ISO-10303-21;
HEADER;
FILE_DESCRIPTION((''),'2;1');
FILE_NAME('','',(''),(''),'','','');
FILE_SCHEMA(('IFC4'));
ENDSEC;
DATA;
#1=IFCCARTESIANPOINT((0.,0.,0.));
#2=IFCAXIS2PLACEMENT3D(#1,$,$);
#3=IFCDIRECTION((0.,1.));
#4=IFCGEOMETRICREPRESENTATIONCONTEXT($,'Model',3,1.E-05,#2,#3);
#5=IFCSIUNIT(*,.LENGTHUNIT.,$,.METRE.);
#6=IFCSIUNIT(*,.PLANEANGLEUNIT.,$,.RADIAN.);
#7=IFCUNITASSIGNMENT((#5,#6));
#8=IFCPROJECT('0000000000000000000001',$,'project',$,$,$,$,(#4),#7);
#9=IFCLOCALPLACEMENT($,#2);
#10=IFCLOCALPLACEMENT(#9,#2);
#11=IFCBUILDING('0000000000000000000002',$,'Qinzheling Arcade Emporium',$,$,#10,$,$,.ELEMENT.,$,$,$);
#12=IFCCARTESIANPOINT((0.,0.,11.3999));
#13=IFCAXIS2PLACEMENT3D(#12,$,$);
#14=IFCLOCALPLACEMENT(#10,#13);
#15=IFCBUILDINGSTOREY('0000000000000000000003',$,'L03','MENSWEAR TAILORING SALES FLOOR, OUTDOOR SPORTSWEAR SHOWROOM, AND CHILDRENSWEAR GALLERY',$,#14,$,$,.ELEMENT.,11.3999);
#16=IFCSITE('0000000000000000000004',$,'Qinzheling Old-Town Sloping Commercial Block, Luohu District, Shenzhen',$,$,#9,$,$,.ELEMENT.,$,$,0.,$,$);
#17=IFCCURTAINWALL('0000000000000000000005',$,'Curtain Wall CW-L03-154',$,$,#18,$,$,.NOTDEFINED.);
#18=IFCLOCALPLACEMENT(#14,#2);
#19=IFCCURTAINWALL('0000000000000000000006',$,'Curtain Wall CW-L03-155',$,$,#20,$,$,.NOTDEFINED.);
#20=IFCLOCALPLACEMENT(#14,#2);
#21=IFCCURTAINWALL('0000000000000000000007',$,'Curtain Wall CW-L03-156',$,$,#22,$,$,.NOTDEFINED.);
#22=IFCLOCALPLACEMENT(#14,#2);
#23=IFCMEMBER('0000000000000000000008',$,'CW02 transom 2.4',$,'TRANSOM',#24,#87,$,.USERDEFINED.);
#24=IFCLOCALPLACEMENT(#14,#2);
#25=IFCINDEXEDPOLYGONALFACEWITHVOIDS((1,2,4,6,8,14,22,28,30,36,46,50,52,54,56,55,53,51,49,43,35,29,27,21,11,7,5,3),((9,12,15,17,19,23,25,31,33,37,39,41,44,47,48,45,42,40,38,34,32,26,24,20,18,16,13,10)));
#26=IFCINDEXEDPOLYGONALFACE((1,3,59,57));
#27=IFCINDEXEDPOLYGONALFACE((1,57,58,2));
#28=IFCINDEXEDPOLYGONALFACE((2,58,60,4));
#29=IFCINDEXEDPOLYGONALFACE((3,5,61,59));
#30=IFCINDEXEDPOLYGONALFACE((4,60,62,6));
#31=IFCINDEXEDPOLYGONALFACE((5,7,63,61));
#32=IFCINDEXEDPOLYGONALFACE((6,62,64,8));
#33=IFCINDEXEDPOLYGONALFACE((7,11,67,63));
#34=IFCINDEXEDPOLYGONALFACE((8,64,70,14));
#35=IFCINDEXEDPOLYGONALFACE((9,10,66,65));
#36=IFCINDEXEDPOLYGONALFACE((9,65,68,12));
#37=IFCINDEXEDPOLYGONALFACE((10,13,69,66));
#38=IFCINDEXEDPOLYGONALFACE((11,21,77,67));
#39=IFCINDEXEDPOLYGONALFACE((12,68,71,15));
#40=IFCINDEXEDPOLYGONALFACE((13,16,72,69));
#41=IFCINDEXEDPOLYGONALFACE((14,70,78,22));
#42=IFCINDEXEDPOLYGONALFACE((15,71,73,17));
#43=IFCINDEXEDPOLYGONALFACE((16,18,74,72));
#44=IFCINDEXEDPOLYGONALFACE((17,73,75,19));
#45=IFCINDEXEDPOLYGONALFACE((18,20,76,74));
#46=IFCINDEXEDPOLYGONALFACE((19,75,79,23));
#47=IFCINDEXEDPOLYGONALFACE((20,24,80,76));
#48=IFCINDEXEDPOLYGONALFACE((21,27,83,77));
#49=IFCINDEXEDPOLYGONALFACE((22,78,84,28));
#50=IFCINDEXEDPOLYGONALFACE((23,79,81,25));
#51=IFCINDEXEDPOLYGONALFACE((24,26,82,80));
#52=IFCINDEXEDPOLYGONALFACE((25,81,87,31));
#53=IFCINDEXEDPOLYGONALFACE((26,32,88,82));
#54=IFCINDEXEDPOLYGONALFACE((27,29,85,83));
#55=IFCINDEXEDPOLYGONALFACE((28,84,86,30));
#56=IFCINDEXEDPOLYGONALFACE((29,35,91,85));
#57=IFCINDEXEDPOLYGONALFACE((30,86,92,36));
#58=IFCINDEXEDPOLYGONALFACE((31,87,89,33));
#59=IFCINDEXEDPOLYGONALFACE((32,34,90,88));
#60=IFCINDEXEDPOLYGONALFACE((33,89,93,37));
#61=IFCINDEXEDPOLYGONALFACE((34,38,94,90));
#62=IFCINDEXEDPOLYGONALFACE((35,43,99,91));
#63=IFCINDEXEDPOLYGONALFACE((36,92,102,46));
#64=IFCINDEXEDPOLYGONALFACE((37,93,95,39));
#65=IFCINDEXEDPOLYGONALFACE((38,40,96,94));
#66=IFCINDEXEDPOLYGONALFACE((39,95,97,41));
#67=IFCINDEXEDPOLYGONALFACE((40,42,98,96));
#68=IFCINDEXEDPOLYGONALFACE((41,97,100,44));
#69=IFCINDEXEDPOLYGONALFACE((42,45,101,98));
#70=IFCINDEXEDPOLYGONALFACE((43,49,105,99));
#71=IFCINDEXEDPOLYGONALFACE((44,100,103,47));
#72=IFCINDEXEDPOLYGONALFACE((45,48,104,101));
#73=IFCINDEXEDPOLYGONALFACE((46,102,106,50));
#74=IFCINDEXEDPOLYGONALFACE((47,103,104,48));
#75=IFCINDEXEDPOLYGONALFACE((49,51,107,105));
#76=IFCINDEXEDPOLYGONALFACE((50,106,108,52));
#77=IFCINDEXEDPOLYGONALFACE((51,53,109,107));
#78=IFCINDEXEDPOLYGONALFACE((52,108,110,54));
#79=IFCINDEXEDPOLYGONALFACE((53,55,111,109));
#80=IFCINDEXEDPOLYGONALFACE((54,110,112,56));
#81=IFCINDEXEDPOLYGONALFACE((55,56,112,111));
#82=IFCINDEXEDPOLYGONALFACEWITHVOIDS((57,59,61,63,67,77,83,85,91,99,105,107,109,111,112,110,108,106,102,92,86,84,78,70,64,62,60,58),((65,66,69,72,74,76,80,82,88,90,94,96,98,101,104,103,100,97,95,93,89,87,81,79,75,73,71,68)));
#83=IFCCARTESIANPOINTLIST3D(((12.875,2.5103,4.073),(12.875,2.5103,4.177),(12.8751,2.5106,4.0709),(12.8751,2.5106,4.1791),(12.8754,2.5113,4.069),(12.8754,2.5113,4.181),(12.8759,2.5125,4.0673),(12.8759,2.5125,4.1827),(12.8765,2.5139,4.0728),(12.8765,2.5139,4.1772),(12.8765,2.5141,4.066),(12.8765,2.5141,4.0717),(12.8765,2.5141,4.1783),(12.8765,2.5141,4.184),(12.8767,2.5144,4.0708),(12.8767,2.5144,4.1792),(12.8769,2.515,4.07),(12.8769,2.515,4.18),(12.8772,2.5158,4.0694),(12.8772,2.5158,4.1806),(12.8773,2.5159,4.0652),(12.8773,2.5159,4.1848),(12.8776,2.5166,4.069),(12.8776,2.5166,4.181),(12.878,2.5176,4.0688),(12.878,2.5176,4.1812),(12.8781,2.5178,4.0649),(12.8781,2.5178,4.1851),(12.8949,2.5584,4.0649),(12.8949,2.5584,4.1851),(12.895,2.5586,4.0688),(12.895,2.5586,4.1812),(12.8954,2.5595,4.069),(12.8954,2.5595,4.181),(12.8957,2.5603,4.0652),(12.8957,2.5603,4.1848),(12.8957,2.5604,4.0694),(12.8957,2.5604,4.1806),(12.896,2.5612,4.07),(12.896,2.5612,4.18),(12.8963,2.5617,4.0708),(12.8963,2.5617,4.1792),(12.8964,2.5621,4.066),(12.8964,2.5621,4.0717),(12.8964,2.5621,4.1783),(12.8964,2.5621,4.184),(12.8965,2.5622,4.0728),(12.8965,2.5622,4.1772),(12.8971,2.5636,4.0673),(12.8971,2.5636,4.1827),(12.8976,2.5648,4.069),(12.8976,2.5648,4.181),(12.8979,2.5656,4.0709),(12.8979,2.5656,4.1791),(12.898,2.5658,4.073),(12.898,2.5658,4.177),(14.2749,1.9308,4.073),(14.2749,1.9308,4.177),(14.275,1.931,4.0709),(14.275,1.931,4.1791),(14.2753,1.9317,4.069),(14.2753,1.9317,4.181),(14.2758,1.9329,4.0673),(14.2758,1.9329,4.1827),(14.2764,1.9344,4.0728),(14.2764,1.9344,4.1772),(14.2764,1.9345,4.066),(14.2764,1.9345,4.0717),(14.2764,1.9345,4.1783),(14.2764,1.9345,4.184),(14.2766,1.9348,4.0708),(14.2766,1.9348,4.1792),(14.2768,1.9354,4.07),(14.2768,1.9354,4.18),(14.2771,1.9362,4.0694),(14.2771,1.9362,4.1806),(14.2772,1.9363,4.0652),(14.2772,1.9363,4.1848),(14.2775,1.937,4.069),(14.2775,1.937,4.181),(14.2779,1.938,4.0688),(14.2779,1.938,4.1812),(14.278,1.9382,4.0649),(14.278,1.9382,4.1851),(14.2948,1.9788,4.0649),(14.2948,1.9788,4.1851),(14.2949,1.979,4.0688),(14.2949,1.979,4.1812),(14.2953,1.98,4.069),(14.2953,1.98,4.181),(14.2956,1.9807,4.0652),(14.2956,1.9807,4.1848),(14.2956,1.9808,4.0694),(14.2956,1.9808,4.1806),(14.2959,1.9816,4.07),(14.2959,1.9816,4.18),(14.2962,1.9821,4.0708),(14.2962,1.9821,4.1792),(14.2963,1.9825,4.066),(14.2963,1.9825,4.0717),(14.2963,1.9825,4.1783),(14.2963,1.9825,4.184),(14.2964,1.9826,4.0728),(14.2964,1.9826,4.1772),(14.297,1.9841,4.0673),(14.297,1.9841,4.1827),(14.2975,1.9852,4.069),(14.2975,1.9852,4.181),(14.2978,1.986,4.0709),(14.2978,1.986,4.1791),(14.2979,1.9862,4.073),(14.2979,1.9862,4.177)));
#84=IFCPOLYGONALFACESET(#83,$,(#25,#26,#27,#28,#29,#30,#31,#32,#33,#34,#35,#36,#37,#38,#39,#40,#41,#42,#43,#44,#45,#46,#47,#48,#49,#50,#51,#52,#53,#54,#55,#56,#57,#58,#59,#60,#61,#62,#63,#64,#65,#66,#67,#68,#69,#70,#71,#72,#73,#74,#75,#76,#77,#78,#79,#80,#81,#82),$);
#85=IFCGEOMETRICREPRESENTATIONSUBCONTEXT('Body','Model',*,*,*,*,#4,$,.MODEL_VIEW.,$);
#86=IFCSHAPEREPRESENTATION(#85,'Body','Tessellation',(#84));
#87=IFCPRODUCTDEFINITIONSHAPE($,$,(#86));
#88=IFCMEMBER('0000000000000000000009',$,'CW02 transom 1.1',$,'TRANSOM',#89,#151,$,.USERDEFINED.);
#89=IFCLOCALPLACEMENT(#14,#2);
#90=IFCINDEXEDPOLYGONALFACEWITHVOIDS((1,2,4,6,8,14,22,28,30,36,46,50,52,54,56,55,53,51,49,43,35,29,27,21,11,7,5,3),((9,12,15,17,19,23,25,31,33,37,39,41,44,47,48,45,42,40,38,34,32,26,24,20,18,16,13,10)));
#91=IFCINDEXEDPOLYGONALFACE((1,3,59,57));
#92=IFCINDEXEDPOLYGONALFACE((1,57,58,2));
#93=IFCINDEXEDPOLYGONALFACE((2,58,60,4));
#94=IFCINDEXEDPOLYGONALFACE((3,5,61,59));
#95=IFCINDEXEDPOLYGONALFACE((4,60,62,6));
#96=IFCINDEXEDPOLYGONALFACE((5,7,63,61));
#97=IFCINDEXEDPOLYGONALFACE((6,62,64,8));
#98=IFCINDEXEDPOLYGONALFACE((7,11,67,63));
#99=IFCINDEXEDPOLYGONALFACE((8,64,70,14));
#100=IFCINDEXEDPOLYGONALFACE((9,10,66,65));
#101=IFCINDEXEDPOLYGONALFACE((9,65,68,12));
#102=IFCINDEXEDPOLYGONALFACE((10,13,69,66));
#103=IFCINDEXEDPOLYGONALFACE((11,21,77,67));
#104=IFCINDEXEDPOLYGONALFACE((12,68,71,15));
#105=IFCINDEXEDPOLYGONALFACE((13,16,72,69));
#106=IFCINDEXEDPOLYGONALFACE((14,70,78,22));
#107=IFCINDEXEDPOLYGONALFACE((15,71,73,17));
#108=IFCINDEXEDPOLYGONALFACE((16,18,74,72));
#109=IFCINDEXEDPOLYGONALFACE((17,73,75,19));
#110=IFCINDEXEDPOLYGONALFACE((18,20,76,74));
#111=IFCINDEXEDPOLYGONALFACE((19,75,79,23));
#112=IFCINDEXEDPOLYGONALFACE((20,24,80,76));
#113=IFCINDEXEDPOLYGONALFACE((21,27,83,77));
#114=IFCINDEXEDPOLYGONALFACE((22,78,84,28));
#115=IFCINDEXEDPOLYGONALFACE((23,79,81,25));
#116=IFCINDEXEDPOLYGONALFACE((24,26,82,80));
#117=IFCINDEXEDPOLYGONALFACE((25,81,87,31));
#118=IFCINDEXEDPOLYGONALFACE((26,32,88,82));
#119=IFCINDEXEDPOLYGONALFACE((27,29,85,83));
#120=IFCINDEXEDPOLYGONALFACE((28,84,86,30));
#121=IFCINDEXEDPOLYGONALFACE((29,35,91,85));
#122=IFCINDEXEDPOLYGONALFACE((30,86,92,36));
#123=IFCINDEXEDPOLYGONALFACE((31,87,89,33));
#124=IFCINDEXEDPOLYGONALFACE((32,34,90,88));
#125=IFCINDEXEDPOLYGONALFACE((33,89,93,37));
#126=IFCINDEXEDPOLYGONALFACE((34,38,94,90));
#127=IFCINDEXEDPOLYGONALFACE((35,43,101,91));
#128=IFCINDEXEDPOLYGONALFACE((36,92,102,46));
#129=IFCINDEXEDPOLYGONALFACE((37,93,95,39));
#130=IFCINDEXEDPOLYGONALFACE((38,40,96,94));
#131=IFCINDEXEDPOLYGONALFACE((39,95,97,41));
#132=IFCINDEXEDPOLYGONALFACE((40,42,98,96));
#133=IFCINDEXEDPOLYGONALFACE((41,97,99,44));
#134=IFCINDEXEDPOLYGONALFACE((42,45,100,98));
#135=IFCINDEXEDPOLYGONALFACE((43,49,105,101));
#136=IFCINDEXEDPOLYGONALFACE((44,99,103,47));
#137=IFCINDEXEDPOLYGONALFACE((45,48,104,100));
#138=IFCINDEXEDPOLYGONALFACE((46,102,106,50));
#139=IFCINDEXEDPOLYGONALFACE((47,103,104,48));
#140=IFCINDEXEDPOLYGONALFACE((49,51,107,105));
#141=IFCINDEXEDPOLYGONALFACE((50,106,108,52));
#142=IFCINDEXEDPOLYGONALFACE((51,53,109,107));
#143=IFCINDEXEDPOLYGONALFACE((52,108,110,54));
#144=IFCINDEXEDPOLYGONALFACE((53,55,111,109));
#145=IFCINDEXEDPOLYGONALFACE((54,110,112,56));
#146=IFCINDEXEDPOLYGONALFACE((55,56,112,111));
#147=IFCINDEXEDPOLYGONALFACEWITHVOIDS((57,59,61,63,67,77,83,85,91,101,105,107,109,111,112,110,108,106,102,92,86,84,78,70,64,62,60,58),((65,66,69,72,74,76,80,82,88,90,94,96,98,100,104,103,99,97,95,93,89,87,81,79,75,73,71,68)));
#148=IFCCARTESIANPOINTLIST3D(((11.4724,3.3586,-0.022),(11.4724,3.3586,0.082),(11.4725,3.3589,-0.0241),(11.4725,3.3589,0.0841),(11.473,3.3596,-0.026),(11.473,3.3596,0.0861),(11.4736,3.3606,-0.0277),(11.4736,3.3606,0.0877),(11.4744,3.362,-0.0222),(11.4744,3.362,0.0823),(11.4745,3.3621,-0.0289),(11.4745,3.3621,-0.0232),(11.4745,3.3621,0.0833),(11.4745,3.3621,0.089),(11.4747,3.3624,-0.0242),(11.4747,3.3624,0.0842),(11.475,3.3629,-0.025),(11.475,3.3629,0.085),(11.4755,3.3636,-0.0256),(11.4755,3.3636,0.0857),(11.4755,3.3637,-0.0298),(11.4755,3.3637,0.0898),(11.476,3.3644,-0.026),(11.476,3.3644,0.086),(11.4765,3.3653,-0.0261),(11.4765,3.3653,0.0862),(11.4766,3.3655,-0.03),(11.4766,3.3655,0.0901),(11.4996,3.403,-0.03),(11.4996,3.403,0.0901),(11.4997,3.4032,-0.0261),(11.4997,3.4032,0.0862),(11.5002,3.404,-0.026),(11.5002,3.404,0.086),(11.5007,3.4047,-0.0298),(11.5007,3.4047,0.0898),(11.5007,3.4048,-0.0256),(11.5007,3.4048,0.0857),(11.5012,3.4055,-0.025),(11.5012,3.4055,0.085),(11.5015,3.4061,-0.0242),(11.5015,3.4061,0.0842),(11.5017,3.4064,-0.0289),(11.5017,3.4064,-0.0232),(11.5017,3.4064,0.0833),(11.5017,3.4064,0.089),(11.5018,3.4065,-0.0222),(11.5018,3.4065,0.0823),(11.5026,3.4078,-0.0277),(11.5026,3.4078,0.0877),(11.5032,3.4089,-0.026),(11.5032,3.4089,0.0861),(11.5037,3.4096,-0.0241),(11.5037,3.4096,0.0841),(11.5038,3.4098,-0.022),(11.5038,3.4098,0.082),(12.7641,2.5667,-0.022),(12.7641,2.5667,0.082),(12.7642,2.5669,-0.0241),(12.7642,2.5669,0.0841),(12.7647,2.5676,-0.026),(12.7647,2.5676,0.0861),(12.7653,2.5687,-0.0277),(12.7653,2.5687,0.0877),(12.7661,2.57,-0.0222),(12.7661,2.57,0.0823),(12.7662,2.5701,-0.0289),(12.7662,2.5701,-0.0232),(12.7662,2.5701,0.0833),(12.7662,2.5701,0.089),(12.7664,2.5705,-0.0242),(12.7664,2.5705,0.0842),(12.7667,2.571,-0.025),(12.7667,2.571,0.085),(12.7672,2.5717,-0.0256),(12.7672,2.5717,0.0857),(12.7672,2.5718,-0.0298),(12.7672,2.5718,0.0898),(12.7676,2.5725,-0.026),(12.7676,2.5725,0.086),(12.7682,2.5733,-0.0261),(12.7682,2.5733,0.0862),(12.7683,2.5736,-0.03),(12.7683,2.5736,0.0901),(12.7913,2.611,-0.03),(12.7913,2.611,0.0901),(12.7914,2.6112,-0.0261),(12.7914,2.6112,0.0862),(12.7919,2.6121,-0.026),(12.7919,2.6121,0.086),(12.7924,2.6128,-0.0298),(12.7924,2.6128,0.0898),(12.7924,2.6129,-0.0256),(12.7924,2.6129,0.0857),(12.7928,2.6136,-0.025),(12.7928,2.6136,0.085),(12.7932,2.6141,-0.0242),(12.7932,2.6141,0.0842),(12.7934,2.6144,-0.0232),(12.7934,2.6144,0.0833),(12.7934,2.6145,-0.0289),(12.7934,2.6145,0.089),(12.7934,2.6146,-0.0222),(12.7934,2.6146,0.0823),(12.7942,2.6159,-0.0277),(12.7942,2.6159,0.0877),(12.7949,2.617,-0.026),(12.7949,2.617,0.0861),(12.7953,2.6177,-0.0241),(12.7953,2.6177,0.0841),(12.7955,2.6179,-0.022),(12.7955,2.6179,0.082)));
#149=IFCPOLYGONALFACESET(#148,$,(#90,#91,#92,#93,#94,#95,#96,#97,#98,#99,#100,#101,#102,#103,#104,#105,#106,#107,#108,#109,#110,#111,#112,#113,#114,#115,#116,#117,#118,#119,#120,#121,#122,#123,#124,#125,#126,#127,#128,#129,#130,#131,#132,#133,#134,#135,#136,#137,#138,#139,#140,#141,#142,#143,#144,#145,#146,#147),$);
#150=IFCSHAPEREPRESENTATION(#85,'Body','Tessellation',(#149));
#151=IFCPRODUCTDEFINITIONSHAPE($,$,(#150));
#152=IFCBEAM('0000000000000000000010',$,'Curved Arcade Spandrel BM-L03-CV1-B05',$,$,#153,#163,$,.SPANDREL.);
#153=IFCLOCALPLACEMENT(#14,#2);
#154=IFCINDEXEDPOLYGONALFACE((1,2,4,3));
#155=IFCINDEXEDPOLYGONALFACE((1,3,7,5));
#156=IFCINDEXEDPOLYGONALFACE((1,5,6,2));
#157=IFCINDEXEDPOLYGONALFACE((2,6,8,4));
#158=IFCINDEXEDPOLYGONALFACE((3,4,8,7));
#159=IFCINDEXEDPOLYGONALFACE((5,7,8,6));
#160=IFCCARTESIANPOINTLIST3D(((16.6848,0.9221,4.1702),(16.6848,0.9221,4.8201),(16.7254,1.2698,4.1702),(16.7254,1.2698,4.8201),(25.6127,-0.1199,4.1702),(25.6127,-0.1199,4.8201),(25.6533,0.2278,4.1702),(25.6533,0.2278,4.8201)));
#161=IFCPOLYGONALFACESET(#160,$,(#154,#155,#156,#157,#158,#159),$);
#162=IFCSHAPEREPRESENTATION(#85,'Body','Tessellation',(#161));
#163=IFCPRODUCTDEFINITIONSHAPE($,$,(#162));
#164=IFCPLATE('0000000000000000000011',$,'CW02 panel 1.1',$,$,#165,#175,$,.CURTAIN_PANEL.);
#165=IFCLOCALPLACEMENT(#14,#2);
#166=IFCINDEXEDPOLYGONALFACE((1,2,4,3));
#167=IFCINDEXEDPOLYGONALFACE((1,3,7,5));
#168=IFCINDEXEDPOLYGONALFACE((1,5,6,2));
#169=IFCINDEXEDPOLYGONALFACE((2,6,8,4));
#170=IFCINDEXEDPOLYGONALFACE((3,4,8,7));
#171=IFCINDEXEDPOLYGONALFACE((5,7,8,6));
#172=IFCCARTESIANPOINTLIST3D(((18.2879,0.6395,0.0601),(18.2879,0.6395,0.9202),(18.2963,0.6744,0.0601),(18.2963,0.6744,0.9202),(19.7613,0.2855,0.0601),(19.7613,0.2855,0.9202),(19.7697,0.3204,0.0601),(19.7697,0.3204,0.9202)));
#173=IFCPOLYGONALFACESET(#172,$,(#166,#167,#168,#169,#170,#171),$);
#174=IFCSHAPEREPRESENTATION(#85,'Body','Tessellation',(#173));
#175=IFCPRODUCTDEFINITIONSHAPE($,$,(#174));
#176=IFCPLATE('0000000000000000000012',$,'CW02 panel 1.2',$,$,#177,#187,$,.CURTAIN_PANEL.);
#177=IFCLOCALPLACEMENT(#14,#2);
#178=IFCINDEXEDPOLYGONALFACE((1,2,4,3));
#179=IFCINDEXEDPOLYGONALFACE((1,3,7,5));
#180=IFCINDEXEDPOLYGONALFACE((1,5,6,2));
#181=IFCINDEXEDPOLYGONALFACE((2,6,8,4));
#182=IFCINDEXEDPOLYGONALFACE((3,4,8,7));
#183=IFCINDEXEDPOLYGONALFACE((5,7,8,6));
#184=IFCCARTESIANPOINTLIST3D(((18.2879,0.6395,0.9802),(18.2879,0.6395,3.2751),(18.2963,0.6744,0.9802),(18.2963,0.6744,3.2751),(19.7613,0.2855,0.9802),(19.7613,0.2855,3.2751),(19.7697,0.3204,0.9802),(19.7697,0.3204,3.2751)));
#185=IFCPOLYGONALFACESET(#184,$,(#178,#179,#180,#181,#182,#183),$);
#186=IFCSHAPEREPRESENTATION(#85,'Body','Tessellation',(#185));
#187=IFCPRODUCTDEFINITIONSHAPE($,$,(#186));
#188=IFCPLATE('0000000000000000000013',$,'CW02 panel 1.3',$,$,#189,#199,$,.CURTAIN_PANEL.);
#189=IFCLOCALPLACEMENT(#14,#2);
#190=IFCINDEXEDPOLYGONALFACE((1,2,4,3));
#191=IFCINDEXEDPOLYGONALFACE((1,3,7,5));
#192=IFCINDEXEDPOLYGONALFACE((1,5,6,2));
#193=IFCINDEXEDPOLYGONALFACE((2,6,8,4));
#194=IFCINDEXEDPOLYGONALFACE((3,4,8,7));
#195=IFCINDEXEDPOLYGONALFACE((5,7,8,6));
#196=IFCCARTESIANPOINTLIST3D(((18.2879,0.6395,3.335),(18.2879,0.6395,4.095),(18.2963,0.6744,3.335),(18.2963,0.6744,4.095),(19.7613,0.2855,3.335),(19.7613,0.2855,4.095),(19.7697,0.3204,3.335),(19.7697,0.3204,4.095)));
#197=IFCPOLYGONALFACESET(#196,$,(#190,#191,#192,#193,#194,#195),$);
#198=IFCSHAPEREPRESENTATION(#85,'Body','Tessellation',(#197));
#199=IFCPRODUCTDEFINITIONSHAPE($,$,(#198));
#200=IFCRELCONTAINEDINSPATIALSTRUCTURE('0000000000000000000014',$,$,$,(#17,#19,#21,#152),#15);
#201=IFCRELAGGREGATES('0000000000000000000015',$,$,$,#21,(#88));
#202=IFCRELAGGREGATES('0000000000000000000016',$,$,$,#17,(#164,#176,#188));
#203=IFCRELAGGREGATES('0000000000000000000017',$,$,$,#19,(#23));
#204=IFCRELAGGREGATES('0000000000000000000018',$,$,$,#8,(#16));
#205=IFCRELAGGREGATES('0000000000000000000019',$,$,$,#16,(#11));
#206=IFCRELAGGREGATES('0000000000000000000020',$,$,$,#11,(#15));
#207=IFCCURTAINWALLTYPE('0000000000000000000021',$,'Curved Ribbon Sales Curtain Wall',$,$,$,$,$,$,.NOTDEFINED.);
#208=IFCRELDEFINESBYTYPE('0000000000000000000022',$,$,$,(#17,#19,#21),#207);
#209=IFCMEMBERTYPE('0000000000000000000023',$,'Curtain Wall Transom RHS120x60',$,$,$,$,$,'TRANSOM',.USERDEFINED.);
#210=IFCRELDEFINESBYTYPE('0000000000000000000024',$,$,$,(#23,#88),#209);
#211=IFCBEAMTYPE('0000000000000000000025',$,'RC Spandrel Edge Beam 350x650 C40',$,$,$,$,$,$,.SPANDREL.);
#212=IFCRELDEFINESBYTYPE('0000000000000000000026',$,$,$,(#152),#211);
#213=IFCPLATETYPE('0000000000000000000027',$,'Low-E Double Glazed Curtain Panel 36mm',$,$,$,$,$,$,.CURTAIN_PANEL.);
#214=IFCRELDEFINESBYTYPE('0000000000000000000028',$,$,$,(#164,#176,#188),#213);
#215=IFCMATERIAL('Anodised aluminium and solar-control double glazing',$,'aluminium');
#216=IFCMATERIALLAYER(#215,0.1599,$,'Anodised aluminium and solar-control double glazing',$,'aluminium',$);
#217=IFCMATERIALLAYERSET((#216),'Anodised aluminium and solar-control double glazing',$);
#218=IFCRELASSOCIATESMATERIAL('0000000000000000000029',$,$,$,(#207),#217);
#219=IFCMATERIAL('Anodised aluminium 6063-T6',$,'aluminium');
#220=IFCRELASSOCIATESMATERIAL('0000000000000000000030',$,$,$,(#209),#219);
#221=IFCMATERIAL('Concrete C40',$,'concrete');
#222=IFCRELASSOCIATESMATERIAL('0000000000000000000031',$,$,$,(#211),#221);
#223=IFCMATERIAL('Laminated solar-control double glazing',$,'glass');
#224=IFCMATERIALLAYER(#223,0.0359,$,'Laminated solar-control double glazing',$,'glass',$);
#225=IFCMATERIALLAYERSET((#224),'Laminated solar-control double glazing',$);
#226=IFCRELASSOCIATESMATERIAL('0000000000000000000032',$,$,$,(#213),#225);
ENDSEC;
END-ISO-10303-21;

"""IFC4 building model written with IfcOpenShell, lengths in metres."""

from ifc_helpers import new_model, si_unit, direction, frame, origin, origin_2d, place, context, subcontext, project, spatial, rectangle, hollow_rectangle, extrude, material, layer, layer_set, material_profile, profile_set, type_object, element, aggregate, save


model = new_model("IFC4")

# Units and contexts
model_context = context("Model", 3, precision=1e-05, world=origin(), true_north=direction((0.0, 1.0)))
body_context = subcontext(model_context, "Body", "Model", "MODEL_VIEW")
ifc_project = project(units=[si_unit("LENGTHUNIT", "METRE"), si_unit("PLANEANGLEUNIT", "RADIAN")], contexts=[model_context])

# Site, building, storey
site_placement = place(None, origin())
site = spatial("IfcSite", under=ifc_project, at=site_placement, Name="Qinzheling Old-Town Sloping Commercial Block, Luohu District, Shenzhen", CompositionType="ELEMENT", RefElevation=0.0)
building_placement = place(site_placement, origin())
building = spatial("IfcBuilding", under=site, at=building_placement, Name="Qinzheling Arcade Emporium", CompositionType="ELEMENT")
storey_placement = place(building_placement, frame((0.0, 0.0, 11.3999)))
storey = spatial("IfcBuildingStorey", under=building, at=storey_placement, Name="L03", Description="MENSWEAR TAILORING SALES FLOOR, OUTDOOR SPORTSWEAR SHOWROOM, AND CHILDRENSWEAR GALLERY", CompositionType="ELEMENT", Elevation=11.3999)

# Curtain walls
ifc_material_1 = material(Name="Anodised aluminium and solar-control double glazing", Category="aluminium")
ifc_layer_1 = layer(ifc_material_1, 0.1599, Name="Anodised aluminium and solar-control double glazing", Category="aluminium")
ifc_layer_set_1 = layer_set([ifc_layer_1], Name="Anodised aluminium and solar-control double glazing")
curtain_wall_type = type_object("IfcCurtainWallType", Name="Curved Ribbon Sales Curtain Wall", PredefinedType="NOTDEFINED", material=ifc_layer_set_1)
curtain_wall_1_placement = place(storey_placement, origin())
curtain_wall_1 = element("IfcCurtainWall", 1, at=curtain_wall_1_placement, inside=storey, type_object=curtain_wall_type, Name="Curtain Wall CW-L03-154", PredefinedType="NOTDEFINED")
ifc_material_2 = material(Name="Anodised aluminium 6063-T6", Category="aluminium")
curtain_wall_2_placement = place(storey_placement, origin())
curtain_wall_2 = element("IfcCurtainWall", 2, at=curtain_wall_2_placement, inside=storey, type_object=curtain_wall_type, Name="Curtain Wall CW-L03-155", PredefinedType="NOTDEFINED")

# Curtain wall
curtain_wall_3_placement = place(storey_placement, origin())
curtain_wall_3 = element("IfcCurtainWall", 3, at=curtain_wall_3_placement, inside=storey, type_object=curtain_wall_type, Name="Curtain Wall CW-L03-156", PredefinedType="NOTDEFINED")

# Members
ifc_material_profile_1 = material_profile(ifc_material_2, hollow_rectangle(XDim=0.0601, YDim=0.1201, WallThickness=0.0039, InnerFilletRadius=0.0039, OuterFilletRadius=0.0081, at=origin_2d()), Name="RHS 120x60x4", Category="aluminium")
ifc_profile_set_1 = profile_set([ifc_material_profile_1], Name="Anodised aluminium 6063-T6")
member_type_1 = type_object("IfcMemberType", Name="Curtain Wall Transom RHS120x60", ElementType="TRANSOM", PredefinedType="USERDEFINED", material=ifc_profile_set_1)
member_1_placement = place(storey_placement, frame((14.2864, 1.9585, 4.125), z_axis=(-0.923942, 0.382532, 0.0), x_axis=(-0.382532, -0.923942, 0.0)))
member_1 = element("IfcMember", 4, at=member_1_placement, type_object=member_type_1, Name="CW02 transom 2.4", ObjectType="TRANSOM", PredefinedType="USERDEFINED", context=body_context, shape_type="SweptSolid", body=[
    extrude(hollow_rectangle(XDim=0.0601, YDim=0.1201, WallThickness=0.0039, InnerFilletRadius=0.0039, OuterFilletRadius=0.0081, at=origin_2d()), origin(), (0.0, 0.0, 1.0), 1.5151),
])
member_2_placement = place(storey_placement, frame((12.7798, 2.5923, 0.03), z_axis=(-0.85252, 0.522694, 0.0), x_axis=(-0.522694, -0.85252, 0.0)))
member_2 = element("IfcMember", 5, at=member_2_placement, type_object=member_type_1, Name="CW02 transom 1.1", ObjectType="TRANSOM", PredefinedType="USERDEFINED", context=body_context, shape_type="SweptSolid", body=[
    extrude(hollow_rectangle(XDim=0.0601, YDim=0.1201, WallThickness=0.0039, InnerFilletRadius=0.0039, OuterFilletRadius=0.0081, at=origin_2d()), origin(), (0.0, 0.0, 1.0), 1.5151),
])
aggregate(curtain_wall_3, [member_2])

# Beam
ifc_material_3 = material(Name="Concrete C40", Category="concrete")
ifc_material_profile_2 = material_profile(ifc_material_3, rectangle(XDim=0.3501, YDim=0.6499, at=origin_2d()), Name="RC 350x650", Category="concrete")
ifc_profile_set_2 = profile_set([ifc_material_profile_2], Name="Concrete C40")
beam_type = type_object("IfcBeamType", Name="RC Spandrel Edge Beam 350x650 C40", PredefinedType="SPANDREL", material=ifc_profile_set_2)
beam_placement = place(storey_placement, frame((16.7051, 1.0959, 4.4951), z_axis=(0.993258, -0.115924, 0.0), x_axis=(0.115924, 0.993258, 0.0)))
element("IfcBeam", 6, at=beam_placement, inside=storey, type_object=beam_type, Name="Curved Arcade Spandrel BM-L03-CV1-B05", PredefinedType="SPANDREL", context=body_context, shape_type="SweptSolid", body=[
    extrude(rectangle(XDim=0.3501, YDim=0.6499, at=origin_2d()), origin(), (0.0, 0.0, 1.0), 8.9885),
])

# Plates
ifc_material_4 = material(Name="Laminated solar-control double glazing", Category="glass")
ifc_layer_2 = layer(ifc_material_4, 0.0359, Name="Laminated solar-control double glazing", Category="glass")
ifc_layer_set_2 = layer_set([ifc_layer_2], Name="Laminated solar-control double glazing")
plate_type_1 = type_object("IfcPlateType", Name="Low-E Double Glazed Curtain Panel 36mm", PredefinedType="CURTAIN_PANEL", material=ifc_layer_set_2)
plate_1_placement = place(storey_placement, frame((19.0288, 0.48, 0.0601), z_axis=(0.0, 0.0, 1.0), x_axis=(-0.972336, 0.233585, 0.0)))
plate_1 = element("IfcPlate", 7, at=plate_1_placement, type_object=plate_type_1, Name="CW02 panel 1.1", PredefinedType="CURTAIN_PANEL", context=body_context, shape_type="SweptSolid", body=[
    extrude(rectangle(XDim=1.5154, YDim=0.0359, at=origin_2d()), origin(), (0.0, 0.0, 1.0), 0.8601),
])
plate_2_placement = place(storey_placement, frame((19.0288, 0.48, 0.9802), z_axis=(0.0, 0.0, 1.0), x_axis=(-0.972336, 0.233585, 0.0)))
plate_2 = element("IfcPlate", 8, at=plate_2_placement, type_object=plate_type_1, Name="CW02 panel 1.2", PredefinedType="CURTAIN_PANEL", context=body_context, shape_type="SweptSolid", body=[
    extrude(rectangle(XDim=1.5154, YDim=0.0359, at=origin_2d()), origin(), (0.0, 0.0, 1.0), 2.2949),
])
plate_3_placement = place(storey_placement, frame((19.0288, 0.48, 3.335), z_axis=(0.0, 0.0, 1.0), x_axis=(-0.972336, 0.233585, 0.0)))
plate_3 = element("IfcPlate", 9, at=plate_3_placement, type_object=plate_type_1, Name="CW02 panel 1.3", PredefinedType="CURTAIN_PANEL", context=body_context, shape_type="SweptSolid", body=[
    extrude(rectangle(XDim=1.5154, YDim=0.0359, at=origin_2d()), origin(), (0.0, 0.0, 1.0), 0.76),
])
aggregate(curtain_wall_1, [plate_1, plate_2, plate_3])
aggregate(curtain_wall_2, [member_1])

save(model, "model.ifc")
